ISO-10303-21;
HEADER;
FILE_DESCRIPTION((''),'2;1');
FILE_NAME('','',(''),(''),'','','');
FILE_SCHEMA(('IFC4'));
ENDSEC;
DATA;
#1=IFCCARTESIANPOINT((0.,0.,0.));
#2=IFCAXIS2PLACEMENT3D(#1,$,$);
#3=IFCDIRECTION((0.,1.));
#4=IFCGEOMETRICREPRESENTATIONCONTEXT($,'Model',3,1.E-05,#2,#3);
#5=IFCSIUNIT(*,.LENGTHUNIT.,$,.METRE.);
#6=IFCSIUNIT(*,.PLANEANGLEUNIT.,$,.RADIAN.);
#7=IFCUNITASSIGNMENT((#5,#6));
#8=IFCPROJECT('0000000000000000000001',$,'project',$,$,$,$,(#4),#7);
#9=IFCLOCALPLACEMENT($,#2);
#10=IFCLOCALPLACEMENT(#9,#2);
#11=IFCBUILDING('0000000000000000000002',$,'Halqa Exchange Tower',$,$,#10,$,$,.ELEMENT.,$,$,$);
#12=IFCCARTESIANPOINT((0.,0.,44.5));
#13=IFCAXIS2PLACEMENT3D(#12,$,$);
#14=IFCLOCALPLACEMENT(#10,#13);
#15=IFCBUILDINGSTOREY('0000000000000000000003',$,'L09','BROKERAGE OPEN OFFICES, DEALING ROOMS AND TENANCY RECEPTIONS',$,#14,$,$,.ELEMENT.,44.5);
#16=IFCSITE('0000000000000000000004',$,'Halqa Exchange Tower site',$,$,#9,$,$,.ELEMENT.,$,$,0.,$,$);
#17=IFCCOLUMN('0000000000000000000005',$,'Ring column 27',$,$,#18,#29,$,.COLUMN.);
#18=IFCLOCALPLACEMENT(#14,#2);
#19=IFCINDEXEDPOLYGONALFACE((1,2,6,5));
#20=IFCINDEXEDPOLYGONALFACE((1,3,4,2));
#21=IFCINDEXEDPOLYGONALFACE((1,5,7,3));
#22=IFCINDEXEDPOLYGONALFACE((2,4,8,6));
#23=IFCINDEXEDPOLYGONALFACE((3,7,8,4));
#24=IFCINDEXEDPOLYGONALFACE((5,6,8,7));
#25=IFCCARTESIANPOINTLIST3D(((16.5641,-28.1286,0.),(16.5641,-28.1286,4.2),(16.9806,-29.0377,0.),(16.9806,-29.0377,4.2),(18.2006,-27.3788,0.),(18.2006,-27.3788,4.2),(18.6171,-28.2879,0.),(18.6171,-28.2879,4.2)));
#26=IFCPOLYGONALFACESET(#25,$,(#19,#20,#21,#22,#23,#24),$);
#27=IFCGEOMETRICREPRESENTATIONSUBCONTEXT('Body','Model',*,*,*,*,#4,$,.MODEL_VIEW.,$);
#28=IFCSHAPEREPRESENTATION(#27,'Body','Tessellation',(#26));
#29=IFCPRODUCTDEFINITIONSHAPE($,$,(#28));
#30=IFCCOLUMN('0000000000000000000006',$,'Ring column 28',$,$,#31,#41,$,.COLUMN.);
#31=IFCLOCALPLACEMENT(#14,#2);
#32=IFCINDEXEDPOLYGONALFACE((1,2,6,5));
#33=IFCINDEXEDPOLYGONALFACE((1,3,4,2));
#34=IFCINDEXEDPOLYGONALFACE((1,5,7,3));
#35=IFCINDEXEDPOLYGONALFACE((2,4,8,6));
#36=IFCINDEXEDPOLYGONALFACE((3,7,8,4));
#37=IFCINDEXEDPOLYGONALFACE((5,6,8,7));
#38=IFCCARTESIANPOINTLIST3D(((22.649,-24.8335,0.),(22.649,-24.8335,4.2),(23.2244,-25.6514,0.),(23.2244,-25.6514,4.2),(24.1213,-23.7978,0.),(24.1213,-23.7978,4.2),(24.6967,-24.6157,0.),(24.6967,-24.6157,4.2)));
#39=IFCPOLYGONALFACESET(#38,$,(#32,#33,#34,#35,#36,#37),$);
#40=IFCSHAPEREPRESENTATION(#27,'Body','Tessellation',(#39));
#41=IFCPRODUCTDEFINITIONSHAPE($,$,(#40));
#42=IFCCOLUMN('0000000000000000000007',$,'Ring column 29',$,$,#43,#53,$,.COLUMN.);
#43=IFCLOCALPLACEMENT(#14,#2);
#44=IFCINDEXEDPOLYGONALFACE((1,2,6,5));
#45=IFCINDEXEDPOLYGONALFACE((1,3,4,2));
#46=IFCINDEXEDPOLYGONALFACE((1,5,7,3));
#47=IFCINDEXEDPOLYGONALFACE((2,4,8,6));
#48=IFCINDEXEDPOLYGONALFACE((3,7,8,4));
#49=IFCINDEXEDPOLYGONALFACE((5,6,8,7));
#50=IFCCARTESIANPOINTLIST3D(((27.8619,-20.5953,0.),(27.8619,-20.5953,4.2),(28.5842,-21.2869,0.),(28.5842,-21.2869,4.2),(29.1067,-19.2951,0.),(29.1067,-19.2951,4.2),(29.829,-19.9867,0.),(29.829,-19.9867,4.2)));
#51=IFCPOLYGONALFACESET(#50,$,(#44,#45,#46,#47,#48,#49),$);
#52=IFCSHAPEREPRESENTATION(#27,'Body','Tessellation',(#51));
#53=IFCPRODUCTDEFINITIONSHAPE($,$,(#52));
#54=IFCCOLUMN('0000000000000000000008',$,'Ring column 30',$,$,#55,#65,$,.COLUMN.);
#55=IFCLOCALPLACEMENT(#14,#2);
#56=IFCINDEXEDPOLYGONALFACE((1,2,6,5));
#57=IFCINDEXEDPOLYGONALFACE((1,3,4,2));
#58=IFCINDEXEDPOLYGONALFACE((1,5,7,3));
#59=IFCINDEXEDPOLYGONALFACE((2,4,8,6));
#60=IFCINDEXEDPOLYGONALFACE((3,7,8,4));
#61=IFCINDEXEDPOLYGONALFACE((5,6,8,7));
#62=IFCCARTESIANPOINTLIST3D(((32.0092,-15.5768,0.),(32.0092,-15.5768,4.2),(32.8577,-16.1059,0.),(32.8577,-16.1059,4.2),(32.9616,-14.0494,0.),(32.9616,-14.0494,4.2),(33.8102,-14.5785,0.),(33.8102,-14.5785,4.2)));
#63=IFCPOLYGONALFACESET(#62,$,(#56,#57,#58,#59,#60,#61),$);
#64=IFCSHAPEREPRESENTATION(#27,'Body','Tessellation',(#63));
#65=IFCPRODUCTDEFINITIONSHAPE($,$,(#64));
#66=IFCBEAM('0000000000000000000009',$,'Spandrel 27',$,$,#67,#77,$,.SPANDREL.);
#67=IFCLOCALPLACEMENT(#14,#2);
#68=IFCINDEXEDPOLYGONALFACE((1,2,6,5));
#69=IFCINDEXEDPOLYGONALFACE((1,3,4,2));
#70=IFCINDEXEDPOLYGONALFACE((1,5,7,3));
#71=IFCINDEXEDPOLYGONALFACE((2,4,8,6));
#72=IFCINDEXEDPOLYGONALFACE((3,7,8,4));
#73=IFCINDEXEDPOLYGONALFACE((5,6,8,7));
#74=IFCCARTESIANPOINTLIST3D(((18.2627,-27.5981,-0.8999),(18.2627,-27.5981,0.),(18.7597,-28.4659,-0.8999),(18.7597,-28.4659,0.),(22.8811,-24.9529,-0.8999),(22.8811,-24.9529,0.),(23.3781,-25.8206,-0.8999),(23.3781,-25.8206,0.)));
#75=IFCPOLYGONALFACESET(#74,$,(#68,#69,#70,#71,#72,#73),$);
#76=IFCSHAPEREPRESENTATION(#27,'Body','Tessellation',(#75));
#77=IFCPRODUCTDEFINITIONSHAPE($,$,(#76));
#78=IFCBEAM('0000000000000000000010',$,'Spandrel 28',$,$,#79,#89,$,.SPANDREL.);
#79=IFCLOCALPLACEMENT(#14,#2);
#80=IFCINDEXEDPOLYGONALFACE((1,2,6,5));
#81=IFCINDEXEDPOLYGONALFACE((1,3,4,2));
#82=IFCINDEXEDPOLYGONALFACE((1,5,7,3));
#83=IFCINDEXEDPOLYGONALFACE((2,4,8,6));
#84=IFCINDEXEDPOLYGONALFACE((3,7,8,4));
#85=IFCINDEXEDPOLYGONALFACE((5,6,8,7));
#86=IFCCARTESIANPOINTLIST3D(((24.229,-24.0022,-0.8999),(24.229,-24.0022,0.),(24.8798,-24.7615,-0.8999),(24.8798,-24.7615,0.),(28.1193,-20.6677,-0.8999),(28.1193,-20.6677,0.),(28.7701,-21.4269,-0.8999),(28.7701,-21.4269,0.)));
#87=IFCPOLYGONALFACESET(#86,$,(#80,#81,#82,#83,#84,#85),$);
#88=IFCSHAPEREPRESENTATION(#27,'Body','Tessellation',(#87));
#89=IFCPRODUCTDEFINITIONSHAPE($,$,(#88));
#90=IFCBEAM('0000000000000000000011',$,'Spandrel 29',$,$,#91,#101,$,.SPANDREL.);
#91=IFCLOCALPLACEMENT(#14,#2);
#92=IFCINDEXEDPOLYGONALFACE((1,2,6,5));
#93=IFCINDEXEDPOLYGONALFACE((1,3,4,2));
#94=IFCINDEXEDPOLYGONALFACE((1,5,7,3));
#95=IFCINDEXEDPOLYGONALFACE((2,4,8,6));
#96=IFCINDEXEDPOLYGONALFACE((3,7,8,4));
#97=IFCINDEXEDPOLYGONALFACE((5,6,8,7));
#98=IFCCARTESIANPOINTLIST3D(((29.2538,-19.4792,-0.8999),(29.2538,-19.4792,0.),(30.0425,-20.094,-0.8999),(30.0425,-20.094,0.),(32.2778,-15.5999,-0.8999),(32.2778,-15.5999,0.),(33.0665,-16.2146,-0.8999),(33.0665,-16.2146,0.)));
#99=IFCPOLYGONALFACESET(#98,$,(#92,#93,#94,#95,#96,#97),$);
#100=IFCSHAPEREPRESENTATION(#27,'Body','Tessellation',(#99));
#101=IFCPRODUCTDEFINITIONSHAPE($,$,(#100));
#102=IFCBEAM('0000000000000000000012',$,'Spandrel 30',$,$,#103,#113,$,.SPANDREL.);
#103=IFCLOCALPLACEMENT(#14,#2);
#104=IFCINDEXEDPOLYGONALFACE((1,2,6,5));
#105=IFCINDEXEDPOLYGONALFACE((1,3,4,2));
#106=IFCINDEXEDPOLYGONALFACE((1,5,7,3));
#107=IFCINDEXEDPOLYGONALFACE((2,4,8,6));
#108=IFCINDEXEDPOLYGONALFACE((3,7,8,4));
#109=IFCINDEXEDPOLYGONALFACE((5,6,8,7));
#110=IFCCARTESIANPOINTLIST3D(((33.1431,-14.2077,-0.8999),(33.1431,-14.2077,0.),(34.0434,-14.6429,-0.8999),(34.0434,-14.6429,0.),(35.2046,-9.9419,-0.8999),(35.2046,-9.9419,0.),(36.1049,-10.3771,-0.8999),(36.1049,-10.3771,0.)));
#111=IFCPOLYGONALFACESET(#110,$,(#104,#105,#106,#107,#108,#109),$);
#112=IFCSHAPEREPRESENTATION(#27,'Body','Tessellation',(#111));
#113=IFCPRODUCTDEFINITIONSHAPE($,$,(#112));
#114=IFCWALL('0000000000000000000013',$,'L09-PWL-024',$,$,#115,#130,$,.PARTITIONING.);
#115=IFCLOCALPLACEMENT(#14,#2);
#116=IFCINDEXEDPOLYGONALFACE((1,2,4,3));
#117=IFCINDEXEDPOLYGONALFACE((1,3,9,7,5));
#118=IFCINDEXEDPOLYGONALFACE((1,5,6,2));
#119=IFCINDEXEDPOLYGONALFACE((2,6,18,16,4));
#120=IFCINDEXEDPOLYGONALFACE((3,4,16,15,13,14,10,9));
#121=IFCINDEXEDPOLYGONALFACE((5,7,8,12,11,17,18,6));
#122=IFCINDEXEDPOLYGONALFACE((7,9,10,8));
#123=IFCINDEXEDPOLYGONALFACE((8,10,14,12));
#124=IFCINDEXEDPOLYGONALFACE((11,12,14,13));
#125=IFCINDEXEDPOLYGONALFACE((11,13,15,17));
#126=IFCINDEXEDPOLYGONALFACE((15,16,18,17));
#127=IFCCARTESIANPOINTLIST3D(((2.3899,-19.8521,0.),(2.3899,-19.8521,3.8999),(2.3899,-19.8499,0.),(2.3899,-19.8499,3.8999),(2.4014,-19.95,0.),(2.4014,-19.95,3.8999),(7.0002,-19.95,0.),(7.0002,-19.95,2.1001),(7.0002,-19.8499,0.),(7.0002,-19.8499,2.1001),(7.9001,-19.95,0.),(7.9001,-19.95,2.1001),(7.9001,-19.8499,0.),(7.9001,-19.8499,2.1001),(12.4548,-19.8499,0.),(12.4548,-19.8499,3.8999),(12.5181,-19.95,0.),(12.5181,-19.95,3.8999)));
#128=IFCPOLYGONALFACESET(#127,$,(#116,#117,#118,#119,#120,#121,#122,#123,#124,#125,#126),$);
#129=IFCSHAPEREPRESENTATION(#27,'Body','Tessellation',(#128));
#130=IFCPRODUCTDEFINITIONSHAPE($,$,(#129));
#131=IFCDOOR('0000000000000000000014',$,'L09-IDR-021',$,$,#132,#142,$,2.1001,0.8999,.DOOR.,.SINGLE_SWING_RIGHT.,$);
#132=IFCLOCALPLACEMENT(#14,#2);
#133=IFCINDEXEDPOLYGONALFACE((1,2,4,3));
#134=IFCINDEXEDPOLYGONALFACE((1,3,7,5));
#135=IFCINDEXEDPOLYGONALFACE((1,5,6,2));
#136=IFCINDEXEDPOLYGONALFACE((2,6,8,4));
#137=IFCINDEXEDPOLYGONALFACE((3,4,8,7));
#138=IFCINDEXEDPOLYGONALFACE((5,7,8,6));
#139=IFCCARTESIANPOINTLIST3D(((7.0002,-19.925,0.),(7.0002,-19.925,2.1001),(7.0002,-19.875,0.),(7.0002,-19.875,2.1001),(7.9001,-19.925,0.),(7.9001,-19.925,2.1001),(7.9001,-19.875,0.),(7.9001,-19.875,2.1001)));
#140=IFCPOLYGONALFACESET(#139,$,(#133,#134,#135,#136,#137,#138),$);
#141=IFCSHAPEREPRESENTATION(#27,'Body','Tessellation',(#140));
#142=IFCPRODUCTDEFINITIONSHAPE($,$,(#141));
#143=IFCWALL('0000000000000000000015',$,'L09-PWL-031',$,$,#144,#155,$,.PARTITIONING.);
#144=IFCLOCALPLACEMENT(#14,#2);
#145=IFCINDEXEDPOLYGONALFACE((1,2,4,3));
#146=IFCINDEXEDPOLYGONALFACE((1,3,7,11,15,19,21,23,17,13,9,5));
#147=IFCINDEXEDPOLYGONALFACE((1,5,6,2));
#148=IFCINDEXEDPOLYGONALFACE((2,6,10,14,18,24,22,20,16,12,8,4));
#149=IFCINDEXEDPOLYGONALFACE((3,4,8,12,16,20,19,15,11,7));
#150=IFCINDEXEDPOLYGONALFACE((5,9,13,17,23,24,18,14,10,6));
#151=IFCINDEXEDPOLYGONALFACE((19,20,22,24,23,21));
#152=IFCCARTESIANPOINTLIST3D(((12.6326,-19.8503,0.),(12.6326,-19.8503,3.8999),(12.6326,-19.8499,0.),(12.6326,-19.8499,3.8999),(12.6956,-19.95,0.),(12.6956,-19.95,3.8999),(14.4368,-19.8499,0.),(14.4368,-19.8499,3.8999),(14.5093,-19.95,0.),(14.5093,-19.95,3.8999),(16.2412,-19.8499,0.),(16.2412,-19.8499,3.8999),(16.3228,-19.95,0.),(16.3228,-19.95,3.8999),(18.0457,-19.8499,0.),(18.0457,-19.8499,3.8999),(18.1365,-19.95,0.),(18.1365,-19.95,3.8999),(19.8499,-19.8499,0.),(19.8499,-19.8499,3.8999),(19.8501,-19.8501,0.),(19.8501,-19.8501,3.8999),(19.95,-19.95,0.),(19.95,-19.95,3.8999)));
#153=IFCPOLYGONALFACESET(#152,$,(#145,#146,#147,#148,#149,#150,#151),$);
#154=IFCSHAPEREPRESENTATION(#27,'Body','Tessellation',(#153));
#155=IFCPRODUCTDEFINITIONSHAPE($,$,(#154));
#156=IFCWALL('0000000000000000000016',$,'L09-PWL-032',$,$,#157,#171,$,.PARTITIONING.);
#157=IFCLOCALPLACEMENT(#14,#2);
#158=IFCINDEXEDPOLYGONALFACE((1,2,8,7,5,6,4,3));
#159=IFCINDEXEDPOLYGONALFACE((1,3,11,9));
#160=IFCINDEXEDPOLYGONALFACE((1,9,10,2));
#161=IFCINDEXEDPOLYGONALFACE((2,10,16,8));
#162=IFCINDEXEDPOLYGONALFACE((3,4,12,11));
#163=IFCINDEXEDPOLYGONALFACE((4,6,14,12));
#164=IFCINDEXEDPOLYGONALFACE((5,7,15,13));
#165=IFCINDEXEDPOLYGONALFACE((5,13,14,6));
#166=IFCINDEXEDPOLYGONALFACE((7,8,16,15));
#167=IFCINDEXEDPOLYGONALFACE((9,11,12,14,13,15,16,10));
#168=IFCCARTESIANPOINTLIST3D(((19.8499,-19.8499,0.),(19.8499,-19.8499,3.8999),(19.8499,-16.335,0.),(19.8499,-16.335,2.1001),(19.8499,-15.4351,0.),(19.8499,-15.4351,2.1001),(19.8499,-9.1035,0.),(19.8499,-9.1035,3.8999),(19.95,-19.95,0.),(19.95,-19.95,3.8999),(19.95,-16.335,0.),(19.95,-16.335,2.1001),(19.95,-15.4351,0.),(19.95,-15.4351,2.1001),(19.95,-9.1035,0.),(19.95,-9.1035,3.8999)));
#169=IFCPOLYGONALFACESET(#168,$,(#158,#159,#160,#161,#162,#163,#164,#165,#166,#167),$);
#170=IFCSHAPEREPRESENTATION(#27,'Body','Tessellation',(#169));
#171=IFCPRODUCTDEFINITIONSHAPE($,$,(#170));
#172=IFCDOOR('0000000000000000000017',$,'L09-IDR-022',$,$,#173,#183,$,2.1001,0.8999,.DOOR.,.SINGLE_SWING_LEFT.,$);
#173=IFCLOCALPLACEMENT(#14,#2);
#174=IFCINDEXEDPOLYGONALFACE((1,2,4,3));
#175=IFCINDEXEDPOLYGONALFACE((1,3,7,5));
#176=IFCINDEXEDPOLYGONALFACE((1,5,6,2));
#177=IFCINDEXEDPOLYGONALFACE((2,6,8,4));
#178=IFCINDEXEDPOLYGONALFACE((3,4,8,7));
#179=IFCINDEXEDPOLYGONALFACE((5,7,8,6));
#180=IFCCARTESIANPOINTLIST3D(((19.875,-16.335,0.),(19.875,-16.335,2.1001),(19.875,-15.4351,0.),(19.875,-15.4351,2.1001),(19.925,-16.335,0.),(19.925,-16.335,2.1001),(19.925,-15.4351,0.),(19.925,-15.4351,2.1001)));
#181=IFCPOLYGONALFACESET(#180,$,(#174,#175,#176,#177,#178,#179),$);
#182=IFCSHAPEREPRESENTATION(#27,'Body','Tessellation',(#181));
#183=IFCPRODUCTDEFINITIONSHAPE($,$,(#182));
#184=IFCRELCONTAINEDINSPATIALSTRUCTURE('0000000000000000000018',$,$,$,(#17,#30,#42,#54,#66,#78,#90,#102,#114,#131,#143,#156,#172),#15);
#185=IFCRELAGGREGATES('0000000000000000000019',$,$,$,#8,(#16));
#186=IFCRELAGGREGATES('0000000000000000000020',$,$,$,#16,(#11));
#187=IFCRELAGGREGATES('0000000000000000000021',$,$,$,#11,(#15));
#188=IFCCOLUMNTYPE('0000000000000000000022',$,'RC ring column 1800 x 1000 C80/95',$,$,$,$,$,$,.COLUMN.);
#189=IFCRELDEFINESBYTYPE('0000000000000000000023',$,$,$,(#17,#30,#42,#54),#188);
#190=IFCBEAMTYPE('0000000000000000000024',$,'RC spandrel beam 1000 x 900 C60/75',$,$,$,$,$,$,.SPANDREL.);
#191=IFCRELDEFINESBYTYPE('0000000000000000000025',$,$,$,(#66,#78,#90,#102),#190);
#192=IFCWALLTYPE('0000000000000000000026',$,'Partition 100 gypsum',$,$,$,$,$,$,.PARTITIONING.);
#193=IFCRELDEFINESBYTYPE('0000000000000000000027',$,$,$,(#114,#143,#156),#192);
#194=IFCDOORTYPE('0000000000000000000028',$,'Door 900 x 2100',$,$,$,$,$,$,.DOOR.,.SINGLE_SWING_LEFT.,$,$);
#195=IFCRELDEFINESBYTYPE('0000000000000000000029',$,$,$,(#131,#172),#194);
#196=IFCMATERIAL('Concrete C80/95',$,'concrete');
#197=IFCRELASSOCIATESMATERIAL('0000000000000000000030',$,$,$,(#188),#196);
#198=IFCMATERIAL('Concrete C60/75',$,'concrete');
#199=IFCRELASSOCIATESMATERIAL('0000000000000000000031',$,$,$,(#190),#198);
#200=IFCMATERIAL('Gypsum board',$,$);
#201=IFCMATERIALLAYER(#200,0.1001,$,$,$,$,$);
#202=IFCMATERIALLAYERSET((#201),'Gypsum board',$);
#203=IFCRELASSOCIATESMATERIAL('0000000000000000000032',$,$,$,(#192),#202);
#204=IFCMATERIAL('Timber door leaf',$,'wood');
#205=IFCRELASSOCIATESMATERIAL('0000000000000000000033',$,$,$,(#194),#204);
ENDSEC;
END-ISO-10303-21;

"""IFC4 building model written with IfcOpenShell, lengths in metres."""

from ifc_helpers import new_model, si_unit, direction, frame, frame_2d, origin, origin_2d, place, context, subcontext, project, spatial, polyline, rectangle, outline, extrude, material, layer, layer_set, material_profile, profile_set, type_object, element, fill, save


model = new_model("IFC4")

# Units and contexts
model_context = context("Model", 3, precision=1e-05, world=origin(), true_north=direction((0.0, 1.0)))
body_context = subcontext(model_context, "Body", "Model", "MODEL_VIEW")
ifc_project = project(units=[si_unit("LENGTHUNIT", "METRE"), si_unit("PLANEANGLEUNIT", "RADIAN")], contexts=[model_context])

# Site, building, storey
site_placement = place(None, origin())
site = spatial("IfcSite", under=ifc_project, at=site_placement, Name="Halqa Exchange Tower site", CompositionType="ELEMENT", RefElevation=0.0)
building_placement = place(site_placement, origin())
building = spatial("IfcBuilding", under=site, at=building_placement, Name="Halqa Exchange Tower", CompositionType="ELEMENT")
storey_placement = place(building_placement, frame((0.0, 0.0, 44.5)))
storey = spatial("IfcBuildingStorey", under=building, at=storey_placement, Name="L09", Description="BROKERAGE OPEN OFFICES, DEALING ROOMS AND TENANCY RECEPTIONS", CompositionType="ELEMENT", Elevation=44.5)

# Columns
ifc_material_1 = material(Name="Concrete C80/95", Category="concrete")
ifc_material_profile_1 = material_profile(ifc_material_1, rectangle(XDim=1.8, YDim=1.0, at=origin_2d()), Name="1800 x 1000")
ifc_profile_set_1 = profile_set([ifc_material_profile_1], Name="Concrete C80/95")
column_type = type_object("IfcColumnType", Name="RC ring column 1800 x 1000 C80/95", PredefinedType="COLUMN", material=ifc_profile_set_1)
for number, where, z_axis, x_axis, name in (
    (1, (17.5906, -28.2083, 0.0), (0.0, 0.0, 1.0), (0.909127, 0.416519, 0.0), "Ring column 27"),
    (2, (23.6729, -24.7246, 0.0), (0.0, 0.0, 1.0), (0.817909, 0.575348, 0.0), "Ring column 28"),
    (3, (28.8455, -20.291, 0.0), (0.0, 0.0, 1.0), (0.691576, 0.722304, 0.0), "Ring column 29"),
    (4, (32.9097, -15.0776, 0.0), (0.0, 0.0, 1.0), (0.529143, 0.848532, 0.0), "Ring column 30"),
):
    element("IfcColumn", number, at=place(storey_placement, frame(where, z_axis=z_axis, x_axis=x_axis)), inside=storey, type_object=column_type, Name=name, PredefinedType="COLUMN", context=body_context, shape_type="SweptSolid", body=[
        extrude(rectangle(XDim=1.8, YDim=1.0, at=origin_2d()), origin(), (0.0, 0.0, 1.0), 4.2),
    ])

# Beams
ifc_material_2 = material(Name="Concrete C60/75", Category="concrete")
ifc_material_profile_2 = material_profile(ifc_material_2, rectangle(XDim=1.0, YDim=0.8999, at=origin_2d()), Name="1000 x 900")
ifc_profile_set_2 = profile_set([ifc_material_profile_2], Name="Concrete C60/75")
beam_type = type_object("IfcBeamType", Name="RC spandrel beam 1000 x 900 C60/75", PredefinedType="SPANDREL", material=ifc_profile_set_2)
beam_1_placement = place(storey_placement, frame((18.5112, -28.032, -0.45), z_axis=(0.867743, 0.497013, 0.0), x_axis=(-0.497013, 0.867743, 0.0)))
element("IfcBeam", 5, at=beam_1_placement, inside=storey, type_object=beam_type, Name="Spandrel 27", PredefinedType="SPANDREL", context=body_context, shape_type="SweptSolid", body=[
    extrude(rectangle(XDim=1.0, YDim=0.8999, at=origin_2d()), origin(), (0.0, 0.0, 1.0), 5.3223),
])
beam_2_placement = place(storey_placement, frame((24.5544, -24.3818, -0.45), z_axis=(0.75925, 0.650799, 0.0), x_axis=(-0.650799, 0.75925, 0.0)))
element("IfcBeam", 6, at=beam_2_placement, inside=storey, type_object=beam_type, Name="Spandrel 28", PredefinedType="SPANDREL", context=body_context, shape_type="SweptSolid", body=[
    extrude(rectangle(XDim=1.0, YDim=0.8999, at=origin_2d()), origin(), (0.0, 0.0, 1.0), 5.1238),
])
beam_3_placement = place(storey_placement, frame((29.6482, -19.7866, -0.45), z_axis=(0.614779, 0.7887, 0.0), x_axis=(-0.7887, 0.614779, 0.0)))
element("IfcBeam", 7, at=beam_3_placement, inside=storey, type_object=beam_type, Name="Spandrel 29", PredefinedType="SPANDREL", context=body_context, shape_type="SweptSolid", body=[
    extrude(rectangle(XDim=1.0, YDim=0.8999, at=origin_2d()), origin(), (0.0, 0.0, 1.0), 4.9187),
])
beam_4_placement = place(storey_placement, frame((33.5933, -14.4253, -0.45), z_axis=(0.435115, 0.900375, 0.0), x_axis=(-0.900375, 0.435115, 0.0)))
element("IfcBeam", 8, at=beam_4_placement, inside=storey, type_object=beam_type, Name="Spandrel 30", PredefinedType="SPANDREL", context=body_context, shape_type="SweptSolid", body=[
    extrude(rectangle(XDim=1.0, YDim=0.8999, at=origin_2d()), origin(), (0.0, 0.0, 1.0), 4.7378),
])

# Wall, opening, door
ifc_material_3 = material(Name="Gypsum board")
ifc_layer_1 = layer(ifc_material_3, 0.1001)
ifc_layer_set_1 = layer_set([ifc_layer_1], Name="Gypsum board")
wall_type_1 = type_object("IfcWallType", Name="Partition 100 gypsum", PredefinedType="PARTITIONING", material=ifc_layer_set_1)
wall_1_placement = place(storey_placement, frame((12.5181, -19.8999, 0.0), z_axis=(0.0, 0.0, 1.0), x_axis=(-1.0, 0.0, 0.0)))
wall_1 = element("IfcWall", 9, at=wall_1_placement, inside=storey, type_object=wall_type_1, Name="L09-PWL-024", PredefinedType="PARTITIONING", context=body_context, shape_type="SweptSolid", body=[
    extrude(outline(polyline([(10.1282, -0.05), (10.1282, -0.0479), (10.1167, 0.05), (8.4307, 0.05), (6.7446, 0.05), (5.0583, 0.05), (3.3723, 0.05), (1.686, 0.05), (0.0, 0.05), (0.0, 0.05), (0.0632, -0.05), (1.7407, -0.05), (3.4182, -0.05), (5.0957, -0.05), (6.7732, -0.05), (8.4507, -0.05), (10.1282, -0.05)])), origin(), (0.0, 0.0, 1.0), 3.8999),
])
opening_1_placement = place(wall_1_placement, frame((4.6179, 0.0, 0.0)))
opening_1 = element("IfcOpeningElement", 10, at=opening_1_placement, cuts=wall_1, PredefinedType="OPENING", context=body_context, shape_type="SweptSolid", body=[
    extrude(rectangle(XDim=0.8999, YDim=2.1001, at=frame_2d((0.45, 1.05))), frame((0.0, 0.062, 0.0), z_axis=(0.0, -1.0, 0.0), x_axis=(1.0, 0.0, 0.0)), (0.0, 0.0, 1.0), 0.124),
])
ifc_material_4 = material(Name="Timber door leaf", Category="wood")
door_type_1 = type_object("IfcDoorType", Name="Door 900 x 2100", OperationType="SINGLE_SWING_LEFT", PredefinedType="DOOR", material=ifc_material_4)
door_1_placement = place(opening_1_placement, frame((0.8999, 0.0, 0.0), z_axis=(0.0, 0.0, 1.0), x_axis=(-1.0, 0.0, 0.0)))
door_1 = element("IfcDoor", 11, at=door_1_placement, inside=storey, type_object=door_type_1, Name="L09-IDR-021", OperationType="SINGLE_SWING_RIGHT", OverallHeight=2.1001, OverallWidth=0.8999, PredefinedType="DOOR", context=body_context, shape_type="SweptSolid", body=[
    extrude(rectangle(XDim=0.8999, YDim=2.1001, at=frame_2d((0.45, 1.05))), frame((0.0, 0.0249, 0.0), z_axis=(0.0, -1.0, 0.0), x_axis=(1.0, 0.0, 0.0)), (0.0, 0.0, 1.0), 0.05),
])
fill(opening_1, door_1)

# Wall
wall_2_placement = place(storey_placement, frame((19.95, -19.8999, 0.0), z_axis=(0.0, 0.0, 1.0), x_axis=(-1.0, 0.0, 0.0)))
element("IfcWall", 12, at=wall_2_placement, inside=storey, type_object=wall_type_1, Name="L09-PWL-031", PredefinedType="PARTITIONING", context=body_context, shape_type="SweptSolid", body=[
    extrude(outline(polyline([(7.3174, -0.05), (7.3174, -0.0496), (7.2544, 0.05), (5.4407, 0.05), (3.6272, 0.05), (1.8135, 0.05), (0.0, 0.05), (0.0999, -0.0498), (0.1001, -0.05), (1.9043, -0.05), (3.7087, -0.05), (5.5132, -0.05), (7.3174, -0.05)])), origin(), (0.0, 0.0, 1.0), 3.8999),
])

# Wall, opening, door
wall_3_placement = place(storey_placement, frame((19.8999, -19.95, 0.0), z_axis=(0.0, 0.0, 1.0), x_axis=(0.0, 1.0, 0.0)))
wall_3 = element("IfcWall", 13, at=wall_3_placement, inside=storey, type_object=wall_type_1, Name="L09-PWL-032", PredefinedType="PARTITIONING", context=body_context, shape_type="SweptSolid", body=[
    extrude(outline(polyline([(10.8464, 0.05), (9.0554, 0.05), (7.2644, 0.05), (5.4731, 0.05), (3.6821, 0.05), (1.8911, 0.05), (0.1001, 0.05), (0.0, -0.05), (1.8076, -0.05), (3.6155, -0.05), (5.4233, -0.05), (7.231, -0.05), (9.0386, -0.05), (10.8464, -0.05), (10.8464, 0.05)])), origin(), (0.0, 0.0, 1.0), 3.8999),
])
opening_2_placement = place(wall_3_placement, frame((3.615, 0.0, 0.0)))
opening_2 = element("IfcOpeningElement", 14, at=opening_2_placement, cuts=wall_3, PredefinedType="OPENING", context=body_context, shape_type="SweptSolid", body=[
    extrude(rectangle(XDim=0.8999, YDim=2.1001, at=frame_2d((0.45, 1.05))), frame((0.0, 0.062, 0.0), z_axis=(0.0, -1.0, 0.0), x_axis=(1.0, 0.0, 0.0)), (0.0, 0.0, 1.0), 0.124),
])
door_2_placement = place(opening_2_placement, origin())
door_2 = element("IfcDoor", 15, at=door_2_placement, inside=storey, type_object=door_type_1, Name="L09-IDR-022", OperationType="SINGLE_SWING_LEFT", OverallHeight=2.1001, OverallWidth=0.8999, PredefinedType="DOOR", context=body_context, shape_type="SweptSolid", body=[
    extrude(rectangle(XDim=0.8999, YDim=2.1001, at=frame_2d((0.45, 1.05))), frame((0.0, 0.0249, 0.0), z_axis=(0.0, -1.0, 0.0), x_axis=(1.0, 0.0, 0.0)), (0.0, 0.0, 1.0), 0.05),
])
fill(opening_2, door_2)

save(model, "model.ifc")
